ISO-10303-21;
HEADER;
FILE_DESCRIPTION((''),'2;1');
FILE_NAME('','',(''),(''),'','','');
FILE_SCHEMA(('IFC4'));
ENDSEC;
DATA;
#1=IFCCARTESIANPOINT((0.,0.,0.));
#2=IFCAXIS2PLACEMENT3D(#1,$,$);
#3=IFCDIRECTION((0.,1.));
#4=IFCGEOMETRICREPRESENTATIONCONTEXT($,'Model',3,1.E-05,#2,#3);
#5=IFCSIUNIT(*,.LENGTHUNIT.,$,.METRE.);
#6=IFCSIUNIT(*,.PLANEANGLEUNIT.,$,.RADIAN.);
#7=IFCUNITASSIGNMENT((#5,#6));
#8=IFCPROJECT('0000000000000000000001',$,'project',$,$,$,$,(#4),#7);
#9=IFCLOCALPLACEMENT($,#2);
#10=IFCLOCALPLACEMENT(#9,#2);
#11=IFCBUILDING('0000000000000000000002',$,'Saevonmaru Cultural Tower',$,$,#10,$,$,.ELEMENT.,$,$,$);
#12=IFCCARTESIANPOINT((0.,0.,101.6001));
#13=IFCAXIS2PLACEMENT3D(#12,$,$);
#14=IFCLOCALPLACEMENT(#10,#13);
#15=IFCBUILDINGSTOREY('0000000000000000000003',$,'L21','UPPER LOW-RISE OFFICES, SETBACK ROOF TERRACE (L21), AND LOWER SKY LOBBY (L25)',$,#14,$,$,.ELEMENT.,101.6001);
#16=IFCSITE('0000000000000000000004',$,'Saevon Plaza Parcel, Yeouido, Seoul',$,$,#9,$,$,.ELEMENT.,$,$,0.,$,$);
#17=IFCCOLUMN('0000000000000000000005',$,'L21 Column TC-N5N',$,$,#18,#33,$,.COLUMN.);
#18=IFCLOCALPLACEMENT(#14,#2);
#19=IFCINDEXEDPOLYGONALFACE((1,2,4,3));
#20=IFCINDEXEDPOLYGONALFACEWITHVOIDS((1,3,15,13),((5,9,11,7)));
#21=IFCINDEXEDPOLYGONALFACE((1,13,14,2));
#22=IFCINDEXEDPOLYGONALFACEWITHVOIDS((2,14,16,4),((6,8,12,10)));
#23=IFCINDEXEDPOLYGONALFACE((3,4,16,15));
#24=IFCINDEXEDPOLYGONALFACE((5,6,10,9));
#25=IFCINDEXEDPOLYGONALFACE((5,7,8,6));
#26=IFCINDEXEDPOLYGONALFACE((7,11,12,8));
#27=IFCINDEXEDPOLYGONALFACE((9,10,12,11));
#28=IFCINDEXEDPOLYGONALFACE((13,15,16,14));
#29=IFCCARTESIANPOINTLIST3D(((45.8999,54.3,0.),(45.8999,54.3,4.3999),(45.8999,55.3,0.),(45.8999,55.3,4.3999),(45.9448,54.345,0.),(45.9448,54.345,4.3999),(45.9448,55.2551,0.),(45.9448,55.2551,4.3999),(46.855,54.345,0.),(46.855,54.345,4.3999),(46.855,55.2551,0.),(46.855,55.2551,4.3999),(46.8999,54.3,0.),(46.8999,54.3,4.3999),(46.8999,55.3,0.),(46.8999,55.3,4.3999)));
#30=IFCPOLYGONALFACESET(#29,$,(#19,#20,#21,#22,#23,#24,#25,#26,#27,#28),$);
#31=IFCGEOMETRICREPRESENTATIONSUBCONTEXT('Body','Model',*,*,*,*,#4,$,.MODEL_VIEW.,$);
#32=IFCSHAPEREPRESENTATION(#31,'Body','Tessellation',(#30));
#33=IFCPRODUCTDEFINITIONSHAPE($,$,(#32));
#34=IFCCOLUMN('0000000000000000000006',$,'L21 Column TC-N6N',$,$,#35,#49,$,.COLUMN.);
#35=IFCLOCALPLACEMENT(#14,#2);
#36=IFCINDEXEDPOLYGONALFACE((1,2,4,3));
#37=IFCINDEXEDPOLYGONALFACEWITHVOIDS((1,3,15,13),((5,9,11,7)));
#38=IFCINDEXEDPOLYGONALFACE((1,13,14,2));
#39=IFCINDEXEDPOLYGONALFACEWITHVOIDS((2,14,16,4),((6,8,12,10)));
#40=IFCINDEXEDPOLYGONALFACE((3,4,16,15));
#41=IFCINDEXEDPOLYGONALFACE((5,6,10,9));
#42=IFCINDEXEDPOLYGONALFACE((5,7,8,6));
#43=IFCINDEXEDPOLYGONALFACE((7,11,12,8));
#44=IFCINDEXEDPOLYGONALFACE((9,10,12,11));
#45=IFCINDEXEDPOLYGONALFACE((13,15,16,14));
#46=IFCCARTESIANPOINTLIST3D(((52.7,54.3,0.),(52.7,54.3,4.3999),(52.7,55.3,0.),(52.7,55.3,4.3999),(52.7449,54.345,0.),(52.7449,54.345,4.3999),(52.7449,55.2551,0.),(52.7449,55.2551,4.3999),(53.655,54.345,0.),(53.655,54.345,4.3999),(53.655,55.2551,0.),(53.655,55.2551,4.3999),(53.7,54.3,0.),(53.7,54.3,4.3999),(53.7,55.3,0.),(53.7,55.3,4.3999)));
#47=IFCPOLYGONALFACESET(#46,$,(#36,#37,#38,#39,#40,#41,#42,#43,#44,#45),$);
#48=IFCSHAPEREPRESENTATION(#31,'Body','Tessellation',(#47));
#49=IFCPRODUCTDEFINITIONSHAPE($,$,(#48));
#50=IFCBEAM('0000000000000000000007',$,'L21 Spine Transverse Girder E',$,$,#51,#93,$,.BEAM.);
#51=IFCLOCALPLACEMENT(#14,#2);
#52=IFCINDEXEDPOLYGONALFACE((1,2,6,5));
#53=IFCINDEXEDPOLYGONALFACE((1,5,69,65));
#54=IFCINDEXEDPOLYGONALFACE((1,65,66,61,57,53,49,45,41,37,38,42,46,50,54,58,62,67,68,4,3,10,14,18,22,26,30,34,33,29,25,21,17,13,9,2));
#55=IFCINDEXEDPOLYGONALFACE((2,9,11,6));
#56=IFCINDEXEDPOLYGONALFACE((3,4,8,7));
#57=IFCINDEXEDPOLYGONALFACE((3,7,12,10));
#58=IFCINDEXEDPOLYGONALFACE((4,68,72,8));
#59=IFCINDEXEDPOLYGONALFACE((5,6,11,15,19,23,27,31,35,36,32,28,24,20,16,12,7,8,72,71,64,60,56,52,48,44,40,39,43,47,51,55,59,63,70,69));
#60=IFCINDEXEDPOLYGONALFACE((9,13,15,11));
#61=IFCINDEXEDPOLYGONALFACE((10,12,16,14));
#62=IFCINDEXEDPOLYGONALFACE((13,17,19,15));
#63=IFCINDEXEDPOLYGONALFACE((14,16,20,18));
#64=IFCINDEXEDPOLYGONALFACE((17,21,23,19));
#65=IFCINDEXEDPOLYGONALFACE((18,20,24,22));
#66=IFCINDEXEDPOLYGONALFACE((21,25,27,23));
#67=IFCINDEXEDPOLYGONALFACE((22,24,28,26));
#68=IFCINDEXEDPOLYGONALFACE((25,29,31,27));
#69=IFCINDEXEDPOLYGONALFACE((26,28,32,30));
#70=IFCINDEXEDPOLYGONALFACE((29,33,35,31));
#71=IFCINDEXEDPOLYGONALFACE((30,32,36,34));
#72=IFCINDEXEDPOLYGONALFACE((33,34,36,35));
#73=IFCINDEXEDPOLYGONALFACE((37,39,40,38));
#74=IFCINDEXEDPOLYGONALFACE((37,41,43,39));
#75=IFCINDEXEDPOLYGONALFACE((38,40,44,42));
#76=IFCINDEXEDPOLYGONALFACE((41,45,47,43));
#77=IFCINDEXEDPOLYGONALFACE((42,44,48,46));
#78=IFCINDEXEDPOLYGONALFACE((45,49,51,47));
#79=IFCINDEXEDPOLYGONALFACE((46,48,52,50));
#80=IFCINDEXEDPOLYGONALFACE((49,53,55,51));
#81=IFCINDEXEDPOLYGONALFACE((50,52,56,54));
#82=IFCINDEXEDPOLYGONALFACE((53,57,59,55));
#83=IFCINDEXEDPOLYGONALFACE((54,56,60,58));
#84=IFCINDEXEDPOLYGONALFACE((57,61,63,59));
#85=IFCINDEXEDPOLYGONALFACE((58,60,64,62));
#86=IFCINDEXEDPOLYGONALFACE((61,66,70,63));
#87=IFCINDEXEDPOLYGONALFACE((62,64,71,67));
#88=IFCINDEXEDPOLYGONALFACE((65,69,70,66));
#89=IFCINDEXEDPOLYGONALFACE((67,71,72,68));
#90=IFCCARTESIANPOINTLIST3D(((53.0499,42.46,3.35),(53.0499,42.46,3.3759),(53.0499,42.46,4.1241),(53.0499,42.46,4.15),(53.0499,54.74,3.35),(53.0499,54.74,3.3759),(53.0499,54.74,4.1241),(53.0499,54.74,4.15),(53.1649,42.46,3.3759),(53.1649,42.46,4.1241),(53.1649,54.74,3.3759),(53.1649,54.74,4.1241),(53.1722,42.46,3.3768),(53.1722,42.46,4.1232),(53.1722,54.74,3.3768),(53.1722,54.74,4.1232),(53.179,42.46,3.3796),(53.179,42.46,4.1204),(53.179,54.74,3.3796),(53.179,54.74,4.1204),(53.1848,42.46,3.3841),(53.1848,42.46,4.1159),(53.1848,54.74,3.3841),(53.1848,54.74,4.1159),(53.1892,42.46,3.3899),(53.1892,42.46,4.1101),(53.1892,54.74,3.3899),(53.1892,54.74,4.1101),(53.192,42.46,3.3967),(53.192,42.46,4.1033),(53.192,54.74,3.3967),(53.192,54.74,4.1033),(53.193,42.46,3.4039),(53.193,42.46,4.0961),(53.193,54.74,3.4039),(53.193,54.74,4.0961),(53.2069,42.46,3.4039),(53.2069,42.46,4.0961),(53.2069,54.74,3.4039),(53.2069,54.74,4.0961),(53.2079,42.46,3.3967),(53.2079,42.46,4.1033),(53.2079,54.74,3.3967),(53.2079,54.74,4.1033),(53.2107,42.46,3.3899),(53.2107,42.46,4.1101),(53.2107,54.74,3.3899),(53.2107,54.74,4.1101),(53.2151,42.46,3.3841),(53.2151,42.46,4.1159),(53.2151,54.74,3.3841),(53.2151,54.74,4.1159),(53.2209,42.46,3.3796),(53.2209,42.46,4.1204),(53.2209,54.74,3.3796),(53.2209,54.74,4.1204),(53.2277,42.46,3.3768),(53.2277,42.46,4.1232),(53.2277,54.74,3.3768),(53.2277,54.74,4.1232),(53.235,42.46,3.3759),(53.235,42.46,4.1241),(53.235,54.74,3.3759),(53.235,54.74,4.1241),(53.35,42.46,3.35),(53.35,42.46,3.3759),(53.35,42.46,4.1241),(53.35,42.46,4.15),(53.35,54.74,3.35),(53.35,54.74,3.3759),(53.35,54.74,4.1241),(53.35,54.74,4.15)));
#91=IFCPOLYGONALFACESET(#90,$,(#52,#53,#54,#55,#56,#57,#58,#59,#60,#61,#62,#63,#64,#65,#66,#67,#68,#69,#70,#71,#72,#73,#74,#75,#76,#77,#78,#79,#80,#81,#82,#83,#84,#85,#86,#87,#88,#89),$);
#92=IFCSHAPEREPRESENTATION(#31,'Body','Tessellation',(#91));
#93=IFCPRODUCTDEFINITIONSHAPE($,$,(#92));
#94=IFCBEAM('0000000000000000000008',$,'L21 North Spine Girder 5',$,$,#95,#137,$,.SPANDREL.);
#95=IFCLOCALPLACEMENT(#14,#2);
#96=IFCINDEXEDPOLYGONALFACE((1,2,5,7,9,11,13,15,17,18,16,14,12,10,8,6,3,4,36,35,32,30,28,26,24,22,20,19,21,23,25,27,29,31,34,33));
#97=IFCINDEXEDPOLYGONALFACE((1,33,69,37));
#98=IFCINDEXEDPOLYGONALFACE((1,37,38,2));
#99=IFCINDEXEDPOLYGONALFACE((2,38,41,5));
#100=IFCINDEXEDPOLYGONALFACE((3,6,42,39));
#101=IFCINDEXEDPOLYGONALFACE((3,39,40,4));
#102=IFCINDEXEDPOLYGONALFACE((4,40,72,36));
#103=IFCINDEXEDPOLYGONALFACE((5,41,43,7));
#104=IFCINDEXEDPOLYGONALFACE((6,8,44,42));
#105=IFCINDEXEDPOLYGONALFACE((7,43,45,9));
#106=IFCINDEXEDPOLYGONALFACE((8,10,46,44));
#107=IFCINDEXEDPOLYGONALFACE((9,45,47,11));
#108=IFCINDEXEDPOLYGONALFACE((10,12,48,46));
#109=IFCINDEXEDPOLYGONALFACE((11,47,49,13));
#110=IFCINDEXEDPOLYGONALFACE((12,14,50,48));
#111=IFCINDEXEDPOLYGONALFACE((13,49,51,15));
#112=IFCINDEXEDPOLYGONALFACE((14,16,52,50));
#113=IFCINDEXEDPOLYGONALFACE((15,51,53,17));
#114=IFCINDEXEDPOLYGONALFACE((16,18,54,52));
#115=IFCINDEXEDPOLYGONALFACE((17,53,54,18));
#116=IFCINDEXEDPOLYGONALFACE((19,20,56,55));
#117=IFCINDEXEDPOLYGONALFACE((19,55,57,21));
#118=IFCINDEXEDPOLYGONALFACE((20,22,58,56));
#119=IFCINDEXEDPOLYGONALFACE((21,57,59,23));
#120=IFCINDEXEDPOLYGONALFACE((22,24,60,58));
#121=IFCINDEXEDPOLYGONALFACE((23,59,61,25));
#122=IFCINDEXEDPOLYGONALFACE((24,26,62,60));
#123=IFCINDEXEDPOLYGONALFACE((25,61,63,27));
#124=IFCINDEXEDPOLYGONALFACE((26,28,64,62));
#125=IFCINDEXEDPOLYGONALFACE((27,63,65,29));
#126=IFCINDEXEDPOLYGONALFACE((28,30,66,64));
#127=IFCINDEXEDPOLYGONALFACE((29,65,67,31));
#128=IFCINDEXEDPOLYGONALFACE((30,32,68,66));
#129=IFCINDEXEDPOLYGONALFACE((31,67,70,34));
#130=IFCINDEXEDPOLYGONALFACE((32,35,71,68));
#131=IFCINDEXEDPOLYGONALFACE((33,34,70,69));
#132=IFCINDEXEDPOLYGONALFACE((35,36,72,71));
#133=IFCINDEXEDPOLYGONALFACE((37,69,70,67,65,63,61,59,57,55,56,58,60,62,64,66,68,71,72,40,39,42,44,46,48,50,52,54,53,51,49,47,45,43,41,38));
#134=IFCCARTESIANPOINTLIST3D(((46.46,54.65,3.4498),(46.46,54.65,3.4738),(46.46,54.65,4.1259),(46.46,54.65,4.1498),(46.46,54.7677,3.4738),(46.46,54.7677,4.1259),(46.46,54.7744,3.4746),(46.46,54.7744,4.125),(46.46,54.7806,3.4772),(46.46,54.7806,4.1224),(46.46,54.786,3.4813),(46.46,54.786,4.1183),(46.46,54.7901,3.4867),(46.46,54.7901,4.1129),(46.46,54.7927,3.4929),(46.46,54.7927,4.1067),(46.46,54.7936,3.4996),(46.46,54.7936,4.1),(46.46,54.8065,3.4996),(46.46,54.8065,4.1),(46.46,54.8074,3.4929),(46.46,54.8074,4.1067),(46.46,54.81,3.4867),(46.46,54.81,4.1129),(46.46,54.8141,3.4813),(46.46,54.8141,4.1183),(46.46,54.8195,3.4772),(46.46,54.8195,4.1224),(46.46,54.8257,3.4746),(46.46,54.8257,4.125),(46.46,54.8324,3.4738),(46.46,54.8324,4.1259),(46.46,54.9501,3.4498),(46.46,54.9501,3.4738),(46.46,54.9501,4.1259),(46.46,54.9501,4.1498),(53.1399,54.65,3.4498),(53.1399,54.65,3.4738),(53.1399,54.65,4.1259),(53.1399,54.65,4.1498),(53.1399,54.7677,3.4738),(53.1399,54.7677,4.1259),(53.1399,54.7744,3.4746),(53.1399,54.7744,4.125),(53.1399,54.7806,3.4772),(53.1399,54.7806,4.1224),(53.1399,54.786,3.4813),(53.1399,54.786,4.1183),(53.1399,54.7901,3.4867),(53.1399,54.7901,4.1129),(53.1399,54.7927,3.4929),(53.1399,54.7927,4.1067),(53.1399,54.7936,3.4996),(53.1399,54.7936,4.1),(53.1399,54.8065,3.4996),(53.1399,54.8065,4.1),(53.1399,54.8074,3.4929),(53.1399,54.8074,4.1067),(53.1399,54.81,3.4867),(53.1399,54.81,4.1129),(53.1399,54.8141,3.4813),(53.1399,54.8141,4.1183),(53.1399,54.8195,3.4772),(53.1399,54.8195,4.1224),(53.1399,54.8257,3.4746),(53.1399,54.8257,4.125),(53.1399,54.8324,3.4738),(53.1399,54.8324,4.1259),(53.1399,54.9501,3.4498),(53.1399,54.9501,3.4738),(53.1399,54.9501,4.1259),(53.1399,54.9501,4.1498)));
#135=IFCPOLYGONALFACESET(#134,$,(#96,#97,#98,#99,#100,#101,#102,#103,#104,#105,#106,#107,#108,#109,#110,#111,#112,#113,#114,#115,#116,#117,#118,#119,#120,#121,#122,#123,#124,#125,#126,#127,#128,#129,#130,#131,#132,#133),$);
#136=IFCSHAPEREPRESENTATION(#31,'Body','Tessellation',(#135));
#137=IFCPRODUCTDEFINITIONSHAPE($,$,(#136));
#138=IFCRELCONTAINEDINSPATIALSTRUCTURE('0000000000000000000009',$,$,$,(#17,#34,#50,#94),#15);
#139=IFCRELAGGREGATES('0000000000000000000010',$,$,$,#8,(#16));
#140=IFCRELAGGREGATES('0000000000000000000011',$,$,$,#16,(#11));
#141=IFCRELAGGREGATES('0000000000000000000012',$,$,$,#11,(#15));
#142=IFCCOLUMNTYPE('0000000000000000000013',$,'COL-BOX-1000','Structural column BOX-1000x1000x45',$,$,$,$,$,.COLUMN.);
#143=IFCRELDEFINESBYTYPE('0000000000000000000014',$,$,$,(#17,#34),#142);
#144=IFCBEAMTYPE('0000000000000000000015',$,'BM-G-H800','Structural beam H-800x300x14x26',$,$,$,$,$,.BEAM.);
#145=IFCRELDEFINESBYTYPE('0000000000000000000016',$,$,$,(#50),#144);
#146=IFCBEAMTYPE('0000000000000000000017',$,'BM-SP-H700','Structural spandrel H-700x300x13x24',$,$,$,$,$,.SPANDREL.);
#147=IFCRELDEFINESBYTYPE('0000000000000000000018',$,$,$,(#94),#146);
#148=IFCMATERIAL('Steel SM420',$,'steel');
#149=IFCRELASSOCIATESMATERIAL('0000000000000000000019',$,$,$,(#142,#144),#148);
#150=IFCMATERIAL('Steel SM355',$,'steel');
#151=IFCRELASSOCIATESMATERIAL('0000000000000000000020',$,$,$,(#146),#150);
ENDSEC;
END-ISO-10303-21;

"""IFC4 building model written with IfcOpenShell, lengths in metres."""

from ifc_helpers import new_model, si_unit, direction, frame, origin, origin_2d, place, context, subcontext, project, spatial, hollow_rectangle, i_section, extrude, material, material_profile, profile_set, type_object, element, save


model = new_model("IFC4")

# Units and contexts
model_context = context("Model", 3, precision=1e-05, world=origin(), true_north=direction((0.0, 1.0)))
body_context = subcontext(model_context, "Body", "Model", "MODEL_VIEW")
ifc_project = project(units=[si_unit("LENGTHUNIT", "METRE"), si_unit("PLANEANGLEUNIT", "RADIAN")], contexts=[model_context])

# Site, building, storey
site_placement = place(None, origin())
site = spatial("IfcSite", under=ifc_project, at=site_placement, Name="Saevon Plaza Parcel, Yeouido, Seoul", CompositionType="ELEMENT", RefElevation=0.0)
building_placement = place(site_placement, origin())
building = spatial("IfcBuilding", under=site, at=building_placement, Name="Saevonmaru Cultural Tower", CompositionType="ELEMENT")
storey_placement = place(building_placement, frame((0.0, 0.0, 101.6001)))
storey = spatial("IfcBuildingStorey", under=building, at=storey_placement, Name="L21", Description="UPPER LOW-RISE OFFICES, SETBACK ROOF TERRACE (L21), AND LOWER SKY LOBBY (L25)", CompositionType="ELEMENT", Elevation=101.6001)

# Columns
ifc_material_1 = material(Name="Steel SM420", Category="steel")
ifc_material_profile_1 = material_profile(ifc_material_1, hollow_rectangle(XDim=1.0, YDim=1.0, WallThickness=0.0449, at=origin_2d()), Name="BOX-1000x1000x45")
ifc_profile_set_1 = profile_set([ifc_material_profile_1], Name="Steel SM420")
column_type = type_object("IfcColumnType", Name="COL-BOX-1000", Description="Structural column BOX-1000x1000x45", PredefinedType="COLUMN", material=ifc_profile_set_1)
for number, where, z_axis, x_axis, name in (
    (1, (46.3999, 54.8, 0.0), (0.0, 0.0, 1.0), (1.0, 0.0, 0.0), "L21 Column TC-N5N"),
    (2, (53.2, 54.8, 0.0), (0.0, 0.0, 1.0), (1.0, 0.0, 0.0), "L21 Column TC-N6N"),
):
    element("IfcColumn", number, at=place(storey_placement, frame(where, z_axis=z_axis, x_axis=x_axis)), inside=storey, type_object=column_type, Name=name, PredefinedType="COLUMN", context=body_context, shape_type="SweptSolid", body=[
        extrude(hollow_rectangle(XDim=1.0, YDim=1.0, WallThickness=0.0449, at=origin_2d()), origin(), (0.0, 0.0, 1.0), 4.3999),
    ])

# Beams
ifc_material_profile_2 = material_profile(ifc_material_1, i_section(OverallWidth=0.3, OverallDepth=0.8, WebThickness=0.0139, FlangeThickness=0.0259, FilletRadius=0.0281, at=origin_2d()), Name="H-800x300x14x26")
ifc_profile_set_2 = profile_set([ifc_material_profile_2], Name="Steel SM420")
beam_type_1 = type_object("IfcBeamType", Name="BM-G-H800", Description="Structural beam H-800x300x14x26", PredefinedType="BEAM", material=ifc_profile_set_2)
beam_1_placement = place(storey_placement, frame((53.2, 54.74, 3.75), z_axis=(0.0, -1.0, 0.0), x_axis=(1.0, 0.0, 0.0)))
element("IfcBeam", 3, at=beam_1_placement, inside=storey, type_object=beam_type_1, Name="L21 Spine Transverse Girder E", PredefinedType="BEAM", context=body_context, shape_type="SweptSolid", body=[
    extrude(i_section(OverallWidth=0.3, OverallDepth=0.8, WebThickness=0.0139, FlangeThickness=0.0259, FilletRadius=0.0281, at=origin_2d()), origin(), (0.0, 0.0, 1.0), 12.28),
])
ifc_material_2 = material(Name="Steel SM355", Category="steel")
ifc_material_profile_3 = material_profile(ifc_material_2, i_section(OverallWidth=0.3, OverallDepth=0.7, WebThickness=0.0129, FlangeThickness=0.0239, FilletRadius=0.0259, at=origin_2d()), Name="H-700x300x13x24")
ifc_profile_set_3 = profile_set([ifc_material_profile_3], Name="Steel SM355")
beam_type_2 = type_object("IfcBeamType", Name="BM-SP-H700", Description="Structural spandrel H-700x300x13x24", PredefinedType="SPANDREL", material=ifc_profile_set_3)
beam_2_placement = place(storey_placement, frame((46.46, 54.8, 3.7998), z_axis=(1.0, 0.0, 0.0), x_axis=(0.0, 1.0, 0.0)))
element("IfcBeam", 4, at=beam_2_placement, inside=storey, type_object=beam_type_2, Name="L21 North Spine Girder 5", PredefinedType="SPANDREL", context=body_context, shape_type="SweptSolid", body=[
    extrude(i_section(OverallWidth=0.3, OverallDepth=0.7, WebThickness=0.0129, FlangeThickness=0.0239, FilletRadius=0.0259, at=origin_2d()), origin(), (0.0, 0.0, 1.0), 6.6799),
])

save(model, "model.ifc")
